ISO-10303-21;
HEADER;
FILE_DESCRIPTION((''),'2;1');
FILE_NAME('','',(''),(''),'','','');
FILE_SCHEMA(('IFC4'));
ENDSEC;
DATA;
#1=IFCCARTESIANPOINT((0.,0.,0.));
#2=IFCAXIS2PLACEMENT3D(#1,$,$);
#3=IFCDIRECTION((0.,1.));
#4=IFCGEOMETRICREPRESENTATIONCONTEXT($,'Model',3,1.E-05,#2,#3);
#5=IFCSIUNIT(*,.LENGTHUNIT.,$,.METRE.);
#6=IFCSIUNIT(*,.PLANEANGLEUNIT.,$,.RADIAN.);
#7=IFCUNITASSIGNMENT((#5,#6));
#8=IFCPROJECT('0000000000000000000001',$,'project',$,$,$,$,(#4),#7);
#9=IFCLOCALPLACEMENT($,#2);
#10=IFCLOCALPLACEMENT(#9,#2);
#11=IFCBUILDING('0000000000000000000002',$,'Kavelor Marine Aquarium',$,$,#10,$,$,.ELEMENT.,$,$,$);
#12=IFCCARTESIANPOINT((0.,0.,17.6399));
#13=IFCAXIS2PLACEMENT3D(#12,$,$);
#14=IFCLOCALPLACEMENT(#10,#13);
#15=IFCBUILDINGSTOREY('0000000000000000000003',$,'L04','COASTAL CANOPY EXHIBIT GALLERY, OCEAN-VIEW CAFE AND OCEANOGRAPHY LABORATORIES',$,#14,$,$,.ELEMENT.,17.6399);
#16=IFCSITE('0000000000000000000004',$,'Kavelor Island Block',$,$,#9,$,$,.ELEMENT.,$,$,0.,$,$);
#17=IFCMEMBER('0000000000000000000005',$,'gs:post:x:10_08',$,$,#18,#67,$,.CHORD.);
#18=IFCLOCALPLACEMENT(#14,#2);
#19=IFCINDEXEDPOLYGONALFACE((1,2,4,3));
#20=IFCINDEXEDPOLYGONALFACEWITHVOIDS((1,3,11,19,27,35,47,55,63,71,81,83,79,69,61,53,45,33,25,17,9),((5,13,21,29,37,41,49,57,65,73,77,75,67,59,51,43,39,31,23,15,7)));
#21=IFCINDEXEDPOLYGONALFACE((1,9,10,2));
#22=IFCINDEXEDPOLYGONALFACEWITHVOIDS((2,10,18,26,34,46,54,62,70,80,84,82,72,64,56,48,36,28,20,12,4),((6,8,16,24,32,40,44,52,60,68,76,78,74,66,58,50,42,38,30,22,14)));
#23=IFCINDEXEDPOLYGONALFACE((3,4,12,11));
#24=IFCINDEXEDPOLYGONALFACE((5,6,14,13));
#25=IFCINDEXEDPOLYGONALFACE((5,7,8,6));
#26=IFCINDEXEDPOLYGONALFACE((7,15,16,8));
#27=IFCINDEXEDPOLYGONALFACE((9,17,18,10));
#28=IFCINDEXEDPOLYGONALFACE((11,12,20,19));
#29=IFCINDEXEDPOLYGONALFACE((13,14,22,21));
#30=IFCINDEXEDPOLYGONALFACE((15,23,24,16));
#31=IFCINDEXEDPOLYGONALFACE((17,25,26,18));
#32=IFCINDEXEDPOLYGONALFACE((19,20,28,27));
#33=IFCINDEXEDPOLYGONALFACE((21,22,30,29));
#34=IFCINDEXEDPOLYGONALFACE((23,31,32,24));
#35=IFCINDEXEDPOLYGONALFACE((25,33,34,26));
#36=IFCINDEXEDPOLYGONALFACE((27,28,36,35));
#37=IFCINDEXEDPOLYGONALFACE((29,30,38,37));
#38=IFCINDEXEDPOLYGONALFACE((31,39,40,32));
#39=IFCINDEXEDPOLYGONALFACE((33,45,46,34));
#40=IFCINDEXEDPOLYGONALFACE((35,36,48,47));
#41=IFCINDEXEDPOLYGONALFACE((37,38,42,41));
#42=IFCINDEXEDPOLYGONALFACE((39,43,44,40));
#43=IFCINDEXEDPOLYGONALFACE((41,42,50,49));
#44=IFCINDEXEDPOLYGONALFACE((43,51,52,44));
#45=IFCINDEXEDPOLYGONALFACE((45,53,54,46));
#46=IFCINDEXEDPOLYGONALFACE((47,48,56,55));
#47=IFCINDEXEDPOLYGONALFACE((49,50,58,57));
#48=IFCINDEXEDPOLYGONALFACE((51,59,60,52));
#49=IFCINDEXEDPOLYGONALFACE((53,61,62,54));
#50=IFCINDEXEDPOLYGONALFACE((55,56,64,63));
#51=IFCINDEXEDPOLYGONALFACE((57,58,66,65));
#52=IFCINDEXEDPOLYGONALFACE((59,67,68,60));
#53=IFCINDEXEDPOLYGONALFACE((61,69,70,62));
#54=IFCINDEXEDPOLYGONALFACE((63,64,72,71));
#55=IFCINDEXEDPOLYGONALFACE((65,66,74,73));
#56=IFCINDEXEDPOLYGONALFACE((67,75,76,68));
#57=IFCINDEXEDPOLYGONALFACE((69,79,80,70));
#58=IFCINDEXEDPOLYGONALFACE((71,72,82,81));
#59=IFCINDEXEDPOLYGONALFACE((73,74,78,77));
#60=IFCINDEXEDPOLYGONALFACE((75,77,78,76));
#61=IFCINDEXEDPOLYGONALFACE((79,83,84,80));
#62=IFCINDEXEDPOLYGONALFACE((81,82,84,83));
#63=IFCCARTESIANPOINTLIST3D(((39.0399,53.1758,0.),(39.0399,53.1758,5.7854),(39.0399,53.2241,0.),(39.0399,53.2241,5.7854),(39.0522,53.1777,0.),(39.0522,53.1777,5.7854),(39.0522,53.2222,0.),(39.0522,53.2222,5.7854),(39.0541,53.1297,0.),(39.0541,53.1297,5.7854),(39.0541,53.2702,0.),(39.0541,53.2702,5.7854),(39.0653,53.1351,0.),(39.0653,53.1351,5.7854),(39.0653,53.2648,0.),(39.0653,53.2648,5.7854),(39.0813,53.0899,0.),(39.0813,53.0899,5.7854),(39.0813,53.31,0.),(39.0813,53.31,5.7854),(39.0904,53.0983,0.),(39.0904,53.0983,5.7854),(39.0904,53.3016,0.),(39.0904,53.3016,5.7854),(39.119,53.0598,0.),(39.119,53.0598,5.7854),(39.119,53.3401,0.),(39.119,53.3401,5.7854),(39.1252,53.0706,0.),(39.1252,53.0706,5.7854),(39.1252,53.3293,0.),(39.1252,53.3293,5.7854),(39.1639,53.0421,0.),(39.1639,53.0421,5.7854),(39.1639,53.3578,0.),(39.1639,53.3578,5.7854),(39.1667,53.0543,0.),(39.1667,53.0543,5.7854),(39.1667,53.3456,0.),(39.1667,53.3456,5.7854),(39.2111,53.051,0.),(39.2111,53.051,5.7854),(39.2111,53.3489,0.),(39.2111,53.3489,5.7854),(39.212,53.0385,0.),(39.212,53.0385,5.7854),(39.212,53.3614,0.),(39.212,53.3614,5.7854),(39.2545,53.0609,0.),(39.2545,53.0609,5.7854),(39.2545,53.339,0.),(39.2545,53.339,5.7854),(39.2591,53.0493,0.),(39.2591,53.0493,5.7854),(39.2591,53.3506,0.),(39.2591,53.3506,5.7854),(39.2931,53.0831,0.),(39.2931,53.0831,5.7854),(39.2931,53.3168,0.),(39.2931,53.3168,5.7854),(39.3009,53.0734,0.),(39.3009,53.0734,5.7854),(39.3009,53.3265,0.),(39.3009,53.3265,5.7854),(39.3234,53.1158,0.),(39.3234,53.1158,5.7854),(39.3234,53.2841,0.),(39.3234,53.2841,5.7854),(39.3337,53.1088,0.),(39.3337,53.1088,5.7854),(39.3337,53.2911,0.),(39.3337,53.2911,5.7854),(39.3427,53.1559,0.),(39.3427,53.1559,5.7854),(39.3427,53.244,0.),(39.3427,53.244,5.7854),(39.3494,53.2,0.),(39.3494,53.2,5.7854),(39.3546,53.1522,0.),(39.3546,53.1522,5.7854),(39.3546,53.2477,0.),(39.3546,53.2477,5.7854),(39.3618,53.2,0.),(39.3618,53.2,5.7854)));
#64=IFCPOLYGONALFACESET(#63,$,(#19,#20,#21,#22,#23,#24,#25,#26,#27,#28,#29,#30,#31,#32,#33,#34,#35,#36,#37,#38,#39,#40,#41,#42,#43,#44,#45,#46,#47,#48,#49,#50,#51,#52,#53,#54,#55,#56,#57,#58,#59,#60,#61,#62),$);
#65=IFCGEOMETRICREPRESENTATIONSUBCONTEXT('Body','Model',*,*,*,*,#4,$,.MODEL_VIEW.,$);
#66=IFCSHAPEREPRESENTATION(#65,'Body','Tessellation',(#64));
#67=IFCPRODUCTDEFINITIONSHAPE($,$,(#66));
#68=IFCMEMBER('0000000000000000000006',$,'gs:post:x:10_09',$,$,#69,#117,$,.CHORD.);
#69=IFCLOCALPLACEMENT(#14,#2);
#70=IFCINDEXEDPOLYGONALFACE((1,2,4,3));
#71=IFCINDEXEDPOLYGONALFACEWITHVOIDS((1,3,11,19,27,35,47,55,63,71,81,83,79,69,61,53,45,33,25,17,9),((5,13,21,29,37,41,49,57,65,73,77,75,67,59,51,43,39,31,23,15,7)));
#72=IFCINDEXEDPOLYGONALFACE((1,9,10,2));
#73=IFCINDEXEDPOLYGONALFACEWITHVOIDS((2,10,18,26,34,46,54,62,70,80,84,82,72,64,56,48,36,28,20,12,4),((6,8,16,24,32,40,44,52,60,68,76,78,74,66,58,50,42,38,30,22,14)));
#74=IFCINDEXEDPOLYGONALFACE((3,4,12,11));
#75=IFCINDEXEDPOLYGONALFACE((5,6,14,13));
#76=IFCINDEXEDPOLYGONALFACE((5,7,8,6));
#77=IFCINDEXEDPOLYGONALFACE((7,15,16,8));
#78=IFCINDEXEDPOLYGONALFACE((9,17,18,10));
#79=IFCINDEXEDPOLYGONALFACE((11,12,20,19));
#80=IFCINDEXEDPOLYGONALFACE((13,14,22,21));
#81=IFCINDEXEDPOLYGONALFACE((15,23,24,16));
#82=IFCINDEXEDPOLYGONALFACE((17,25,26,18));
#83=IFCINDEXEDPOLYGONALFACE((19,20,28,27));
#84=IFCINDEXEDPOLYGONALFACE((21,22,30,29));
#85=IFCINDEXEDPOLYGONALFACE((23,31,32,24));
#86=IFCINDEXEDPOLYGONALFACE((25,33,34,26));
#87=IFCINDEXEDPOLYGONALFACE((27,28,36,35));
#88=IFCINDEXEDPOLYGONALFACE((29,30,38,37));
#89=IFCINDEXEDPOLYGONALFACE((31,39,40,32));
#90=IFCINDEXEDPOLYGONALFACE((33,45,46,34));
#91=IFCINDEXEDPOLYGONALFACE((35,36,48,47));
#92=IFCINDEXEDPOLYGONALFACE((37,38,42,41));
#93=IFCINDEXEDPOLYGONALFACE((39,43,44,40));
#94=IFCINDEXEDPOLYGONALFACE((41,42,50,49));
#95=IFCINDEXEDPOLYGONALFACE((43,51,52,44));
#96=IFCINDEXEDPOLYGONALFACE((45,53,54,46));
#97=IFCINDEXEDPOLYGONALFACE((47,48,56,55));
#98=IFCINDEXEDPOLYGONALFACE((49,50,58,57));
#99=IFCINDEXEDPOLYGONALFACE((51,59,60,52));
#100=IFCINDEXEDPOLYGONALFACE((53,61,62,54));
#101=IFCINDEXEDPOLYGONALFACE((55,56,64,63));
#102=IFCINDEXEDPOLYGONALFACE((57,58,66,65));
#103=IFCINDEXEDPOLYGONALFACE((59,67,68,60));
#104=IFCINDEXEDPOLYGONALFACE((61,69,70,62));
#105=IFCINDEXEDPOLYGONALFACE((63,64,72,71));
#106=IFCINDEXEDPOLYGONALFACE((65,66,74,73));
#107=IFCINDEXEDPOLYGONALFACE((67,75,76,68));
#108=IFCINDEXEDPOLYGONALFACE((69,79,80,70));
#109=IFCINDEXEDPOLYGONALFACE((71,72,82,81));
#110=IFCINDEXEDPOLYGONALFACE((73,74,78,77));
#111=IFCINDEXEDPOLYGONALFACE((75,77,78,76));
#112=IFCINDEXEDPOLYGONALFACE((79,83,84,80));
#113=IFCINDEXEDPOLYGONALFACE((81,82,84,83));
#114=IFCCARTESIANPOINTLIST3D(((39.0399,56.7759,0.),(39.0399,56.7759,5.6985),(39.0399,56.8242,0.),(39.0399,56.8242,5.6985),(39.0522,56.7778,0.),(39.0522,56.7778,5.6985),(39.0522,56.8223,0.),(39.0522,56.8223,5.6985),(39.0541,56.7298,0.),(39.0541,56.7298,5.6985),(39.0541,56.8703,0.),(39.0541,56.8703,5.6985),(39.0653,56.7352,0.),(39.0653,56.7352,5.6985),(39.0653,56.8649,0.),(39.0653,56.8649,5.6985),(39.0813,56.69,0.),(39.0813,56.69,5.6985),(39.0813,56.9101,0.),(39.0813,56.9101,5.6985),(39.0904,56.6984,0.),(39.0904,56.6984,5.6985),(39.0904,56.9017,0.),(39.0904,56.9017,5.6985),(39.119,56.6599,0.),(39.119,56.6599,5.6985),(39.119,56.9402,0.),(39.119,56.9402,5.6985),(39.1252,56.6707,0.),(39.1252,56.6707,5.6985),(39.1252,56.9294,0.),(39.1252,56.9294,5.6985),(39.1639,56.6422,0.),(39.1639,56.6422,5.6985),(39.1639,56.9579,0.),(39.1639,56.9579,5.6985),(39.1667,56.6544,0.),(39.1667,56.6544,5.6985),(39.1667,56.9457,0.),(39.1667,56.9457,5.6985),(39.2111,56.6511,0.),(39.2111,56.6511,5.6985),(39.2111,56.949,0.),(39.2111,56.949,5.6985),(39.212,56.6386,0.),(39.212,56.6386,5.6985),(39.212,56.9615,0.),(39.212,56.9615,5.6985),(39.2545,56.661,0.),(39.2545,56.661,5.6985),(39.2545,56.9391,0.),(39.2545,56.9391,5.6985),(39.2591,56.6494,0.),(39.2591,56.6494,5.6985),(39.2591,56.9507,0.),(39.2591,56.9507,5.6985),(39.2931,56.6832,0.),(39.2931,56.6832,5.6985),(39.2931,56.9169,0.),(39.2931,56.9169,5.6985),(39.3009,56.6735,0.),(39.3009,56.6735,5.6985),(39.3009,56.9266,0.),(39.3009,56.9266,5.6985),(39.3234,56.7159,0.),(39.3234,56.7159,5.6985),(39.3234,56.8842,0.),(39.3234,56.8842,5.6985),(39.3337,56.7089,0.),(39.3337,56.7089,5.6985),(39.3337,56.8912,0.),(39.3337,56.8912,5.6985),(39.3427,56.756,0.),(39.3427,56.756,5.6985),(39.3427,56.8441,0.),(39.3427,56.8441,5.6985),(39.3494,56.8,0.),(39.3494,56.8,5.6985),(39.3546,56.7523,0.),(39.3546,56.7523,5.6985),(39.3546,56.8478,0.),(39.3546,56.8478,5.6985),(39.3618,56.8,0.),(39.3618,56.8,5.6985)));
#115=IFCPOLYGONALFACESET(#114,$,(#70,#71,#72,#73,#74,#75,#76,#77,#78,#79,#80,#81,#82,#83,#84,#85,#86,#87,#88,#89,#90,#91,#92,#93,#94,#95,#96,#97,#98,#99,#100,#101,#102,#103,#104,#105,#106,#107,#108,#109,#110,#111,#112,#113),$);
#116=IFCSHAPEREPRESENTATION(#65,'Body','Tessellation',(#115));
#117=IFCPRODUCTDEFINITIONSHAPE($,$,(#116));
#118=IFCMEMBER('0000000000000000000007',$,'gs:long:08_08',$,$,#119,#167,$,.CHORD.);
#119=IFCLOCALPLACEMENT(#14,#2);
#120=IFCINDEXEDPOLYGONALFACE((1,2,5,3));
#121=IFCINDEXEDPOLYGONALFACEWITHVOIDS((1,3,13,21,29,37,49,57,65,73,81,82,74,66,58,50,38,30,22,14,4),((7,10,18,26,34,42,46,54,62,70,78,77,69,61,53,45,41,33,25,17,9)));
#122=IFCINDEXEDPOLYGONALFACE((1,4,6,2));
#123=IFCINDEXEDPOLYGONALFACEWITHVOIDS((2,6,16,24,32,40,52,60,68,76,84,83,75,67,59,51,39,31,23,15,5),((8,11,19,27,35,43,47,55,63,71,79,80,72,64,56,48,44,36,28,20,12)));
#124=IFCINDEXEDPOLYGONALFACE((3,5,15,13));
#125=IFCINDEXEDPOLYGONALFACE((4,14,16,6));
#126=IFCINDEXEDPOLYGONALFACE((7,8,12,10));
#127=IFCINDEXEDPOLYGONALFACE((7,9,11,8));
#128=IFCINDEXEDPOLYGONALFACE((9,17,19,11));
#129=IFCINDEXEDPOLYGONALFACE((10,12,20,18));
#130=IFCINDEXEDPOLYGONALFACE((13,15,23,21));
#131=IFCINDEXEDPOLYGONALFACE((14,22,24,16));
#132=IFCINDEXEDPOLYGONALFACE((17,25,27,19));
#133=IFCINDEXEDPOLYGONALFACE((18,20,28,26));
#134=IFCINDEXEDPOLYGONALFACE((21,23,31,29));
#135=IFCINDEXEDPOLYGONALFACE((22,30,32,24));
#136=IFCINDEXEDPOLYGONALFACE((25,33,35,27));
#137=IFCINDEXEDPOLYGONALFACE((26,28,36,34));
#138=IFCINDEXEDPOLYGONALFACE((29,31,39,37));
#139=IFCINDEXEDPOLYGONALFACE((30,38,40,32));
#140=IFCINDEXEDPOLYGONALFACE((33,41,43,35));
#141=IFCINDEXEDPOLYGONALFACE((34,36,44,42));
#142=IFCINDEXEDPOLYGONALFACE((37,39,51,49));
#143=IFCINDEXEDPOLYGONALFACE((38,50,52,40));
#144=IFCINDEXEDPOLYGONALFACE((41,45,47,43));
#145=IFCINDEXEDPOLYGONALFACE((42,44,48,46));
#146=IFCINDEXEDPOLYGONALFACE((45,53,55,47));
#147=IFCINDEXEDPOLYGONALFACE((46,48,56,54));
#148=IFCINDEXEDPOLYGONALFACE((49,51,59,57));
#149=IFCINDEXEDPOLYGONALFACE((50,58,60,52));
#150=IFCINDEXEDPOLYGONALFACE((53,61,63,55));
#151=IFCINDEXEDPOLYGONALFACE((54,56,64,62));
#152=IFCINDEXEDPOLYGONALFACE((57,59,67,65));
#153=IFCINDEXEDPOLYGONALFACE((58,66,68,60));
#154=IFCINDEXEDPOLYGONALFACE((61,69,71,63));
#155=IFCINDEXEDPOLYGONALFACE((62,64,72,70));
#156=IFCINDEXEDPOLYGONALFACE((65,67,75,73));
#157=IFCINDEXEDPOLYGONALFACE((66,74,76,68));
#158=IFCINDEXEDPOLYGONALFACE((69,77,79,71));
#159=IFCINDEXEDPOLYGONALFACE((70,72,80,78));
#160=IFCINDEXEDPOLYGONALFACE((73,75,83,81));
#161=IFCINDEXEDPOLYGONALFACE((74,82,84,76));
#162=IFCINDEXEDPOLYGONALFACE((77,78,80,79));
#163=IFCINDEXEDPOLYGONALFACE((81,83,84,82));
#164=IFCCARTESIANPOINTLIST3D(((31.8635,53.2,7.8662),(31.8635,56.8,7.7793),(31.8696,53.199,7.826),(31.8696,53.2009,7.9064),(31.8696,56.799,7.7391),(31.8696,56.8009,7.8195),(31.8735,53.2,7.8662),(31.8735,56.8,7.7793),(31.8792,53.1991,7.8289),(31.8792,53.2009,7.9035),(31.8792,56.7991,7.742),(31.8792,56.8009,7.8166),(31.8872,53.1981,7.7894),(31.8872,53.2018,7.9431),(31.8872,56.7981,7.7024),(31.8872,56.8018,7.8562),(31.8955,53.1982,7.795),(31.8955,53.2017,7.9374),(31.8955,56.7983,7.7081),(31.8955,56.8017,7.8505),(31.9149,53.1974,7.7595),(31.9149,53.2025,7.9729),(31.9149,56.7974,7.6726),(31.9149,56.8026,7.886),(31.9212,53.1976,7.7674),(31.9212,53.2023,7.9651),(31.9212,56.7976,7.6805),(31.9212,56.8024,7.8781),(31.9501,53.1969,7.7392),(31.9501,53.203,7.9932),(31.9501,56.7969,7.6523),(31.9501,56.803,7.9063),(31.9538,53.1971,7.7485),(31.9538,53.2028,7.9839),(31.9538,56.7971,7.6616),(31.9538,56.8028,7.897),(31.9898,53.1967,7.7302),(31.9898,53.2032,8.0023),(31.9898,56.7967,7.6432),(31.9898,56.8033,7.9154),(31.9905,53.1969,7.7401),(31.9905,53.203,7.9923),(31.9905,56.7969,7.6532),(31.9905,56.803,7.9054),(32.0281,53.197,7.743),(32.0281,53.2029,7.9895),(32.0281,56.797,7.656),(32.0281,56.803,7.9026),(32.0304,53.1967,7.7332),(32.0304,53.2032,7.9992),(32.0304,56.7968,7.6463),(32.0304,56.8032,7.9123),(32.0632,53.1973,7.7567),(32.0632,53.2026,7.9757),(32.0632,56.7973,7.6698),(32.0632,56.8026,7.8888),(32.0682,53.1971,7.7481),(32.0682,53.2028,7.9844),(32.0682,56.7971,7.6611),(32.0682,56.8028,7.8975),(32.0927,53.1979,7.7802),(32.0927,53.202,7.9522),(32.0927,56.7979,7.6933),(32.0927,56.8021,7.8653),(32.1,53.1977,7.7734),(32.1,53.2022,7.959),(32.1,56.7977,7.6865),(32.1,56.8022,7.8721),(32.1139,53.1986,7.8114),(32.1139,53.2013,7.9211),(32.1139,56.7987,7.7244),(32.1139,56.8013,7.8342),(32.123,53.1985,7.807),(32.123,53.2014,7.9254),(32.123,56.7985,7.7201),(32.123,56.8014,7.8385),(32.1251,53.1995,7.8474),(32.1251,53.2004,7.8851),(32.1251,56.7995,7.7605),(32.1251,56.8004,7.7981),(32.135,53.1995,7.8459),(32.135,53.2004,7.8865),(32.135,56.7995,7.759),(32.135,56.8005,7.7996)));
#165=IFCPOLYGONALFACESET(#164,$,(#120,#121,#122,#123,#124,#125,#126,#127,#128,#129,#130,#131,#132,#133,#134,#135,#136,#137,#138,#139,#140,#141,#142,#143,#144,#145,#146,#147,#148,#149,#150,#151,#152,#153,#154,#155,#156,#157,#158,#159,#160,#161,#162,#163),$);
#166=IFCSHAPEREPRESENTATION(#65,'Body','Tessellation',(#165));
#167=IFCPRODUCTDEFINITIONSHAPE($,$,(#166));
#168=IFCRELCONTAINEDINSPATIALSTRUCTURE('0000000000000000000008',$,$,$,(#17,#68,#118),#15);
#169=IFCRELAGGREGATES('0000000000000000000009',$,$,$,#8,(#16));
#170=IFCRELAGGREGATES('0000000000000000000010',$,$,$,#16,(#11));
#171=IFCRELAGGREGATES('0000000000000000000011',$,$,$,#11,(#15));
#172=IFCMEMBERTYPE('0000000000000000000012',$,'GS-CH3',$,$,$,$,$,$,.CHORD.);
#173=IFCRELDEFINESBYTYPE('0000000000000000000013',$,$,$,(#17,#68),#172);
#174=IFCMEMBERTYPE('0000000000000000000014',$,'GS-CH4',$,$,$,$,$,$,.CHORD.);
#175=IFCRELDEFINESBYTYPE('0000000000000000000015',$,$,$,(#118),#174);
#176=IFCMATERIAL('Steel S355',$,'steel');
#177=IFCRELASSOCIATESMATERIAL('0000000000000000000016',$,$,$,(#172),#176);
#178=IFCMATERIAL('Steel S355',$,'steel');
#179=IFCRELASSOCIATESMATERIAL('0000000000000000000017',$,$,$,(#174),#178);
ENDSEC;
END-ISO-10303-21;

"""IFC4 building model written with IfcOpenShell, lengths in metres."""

from ifc_helpers import new_model, si_unit, direction, frame, origin, origin_2d, place, context, subcontext, project, spatial, hollow_circle, extrude, material, material_profile, profile_set, type_object, element, save


model = new_model("IFC4")

# Units and contexts
model_context = context("Model", 3, precision=1e-05, world=origin(), true_north=direction((0.0, 1.0)))
body_context = subcontext(model_context, "Body", "Model", "MODEL_VIEW")
ifc_project = project(units=[si_unit("LENGTHUNIT", "METRE"), si_unit("PLANEANGLEUNIT", "RADIAN")], contexts=[model_context])

# Site, building, storey
site_placement = place(None, origin())
site = spatial("IfcSite", under=ifc_project, at=site_placement, Name="Kavelor Island Block", CompositionType="ELEMENT", RefElevation=0.0)
building_placement = place(site_placement, origin())
building = spatial("IfcBuilding", under=site, at=building_placement, Name="Kavelor Marine Aquarium", CompositionType="ELEMENT")
storey_placement = place(building_placement, frame((0.0, 0.0, 17.6399)))
storey = spatial("IfcBuildingStorey", under=building, at=storey_placement, Name="L04", Description="COASTAL CANOPY EXHIBIT GALLERY, OCEAN-VIEW CAFE AND OCEANOGRAPHY LABORATORIES", CompositionType="ELEMENT", Elevation=17.6399)

# Members
ifc_material_1 = material(Name="Steel S355", Category="steel")
ifc_material_profile_1 = material_profile(ifc_material_1, hollow_circle(Radius=0.1619, WallThickness=0.0125, at=origin_2d()), Name="CHS 323.9x12.5")
ifc_profile_set_1 = profile_set([ifc_material_profile_1], Name="Steel S355")
member_type_1 = type_object("IfcMemberType", Name="GS-CH3", PredefinedType="CHORD", material=ifc_profile_set_1)
member_1_placement = place(storey_placement, frame((39.2, 53.2, 0.0), z_axis=(0.0, 0.0, 1.0), x_axis=(1.0, 0.0, 0.0)))
element("IfcMember", 1, at=member_1_placement, inside=storey, type_object=member_type_1, Name="gs:post:x:10_08", PredefinedType="CHORD", context=body_context, shape_type="SweptSolid", body=[
    extrude(hollow_circle(Radius=0.1619, WallThickness=0.0125, at=origin_2d()), origin(), (0.0, 0.0, 1.0), 5.7854),
])
member_2_placement = place(storey_placement, frame((39.2, 56.8, 0.0), z_axis=(0.0, 0.0, 1.0), x_axis=(1.0, 0.0, 0.0)))
element("IfcMember", 2, at=member_2_placement, inside=storey, type_object=member_type_1, Name="gs:post:x:10_09", PredefinedType="CHORD", context=body_context, shape_type="SweptSolid", body=[
    extrude(hollow_circle(Radius=0.1619, WallThickness=0.0125, at=origin_2d()), origin(), (0.0, 0.0, 1.0), 5.6985),
])
ifc_material_2 = material(Name="Steel S355", Category="steel")
ifc_material_profile_2 = material_profile(ifc_material_2, hollow_circle(Radius=0.1365, WallThickness=0.01, at=origin_2d()), Name="CHS 273.0x10.0")
ifc_profile_set_2 = profile_set([ifc_material_profile_2], Name="Steel S355")
member_type_2 = type_object("IfcMemberType", Name="GS-CH4", PredefinedType="CHORD", material=ifc_profile_set_2)
member_3_placement = place(storey_placement, frame((32.0, 53.2, 7.8662), z_axis=(0.0, 0.999709, -0.024135), x_axis=(-1.0, 0.0, 0.0)))
element("IfcMember", 3, at=member_3_placement, inside=storey, type_object=member_type_2, Name="gs:long:08_08", PredefinedType="CHORD", context=body_context, shape_type="SweptSolid", body=[
    extrude(hollow_circle(Radius=0.1365, WallThickness=0.01, at=origin_2d()), origin(), (0.0, 0.0, 1.0), 3.6011),
])

save(model, "model.ifc")
